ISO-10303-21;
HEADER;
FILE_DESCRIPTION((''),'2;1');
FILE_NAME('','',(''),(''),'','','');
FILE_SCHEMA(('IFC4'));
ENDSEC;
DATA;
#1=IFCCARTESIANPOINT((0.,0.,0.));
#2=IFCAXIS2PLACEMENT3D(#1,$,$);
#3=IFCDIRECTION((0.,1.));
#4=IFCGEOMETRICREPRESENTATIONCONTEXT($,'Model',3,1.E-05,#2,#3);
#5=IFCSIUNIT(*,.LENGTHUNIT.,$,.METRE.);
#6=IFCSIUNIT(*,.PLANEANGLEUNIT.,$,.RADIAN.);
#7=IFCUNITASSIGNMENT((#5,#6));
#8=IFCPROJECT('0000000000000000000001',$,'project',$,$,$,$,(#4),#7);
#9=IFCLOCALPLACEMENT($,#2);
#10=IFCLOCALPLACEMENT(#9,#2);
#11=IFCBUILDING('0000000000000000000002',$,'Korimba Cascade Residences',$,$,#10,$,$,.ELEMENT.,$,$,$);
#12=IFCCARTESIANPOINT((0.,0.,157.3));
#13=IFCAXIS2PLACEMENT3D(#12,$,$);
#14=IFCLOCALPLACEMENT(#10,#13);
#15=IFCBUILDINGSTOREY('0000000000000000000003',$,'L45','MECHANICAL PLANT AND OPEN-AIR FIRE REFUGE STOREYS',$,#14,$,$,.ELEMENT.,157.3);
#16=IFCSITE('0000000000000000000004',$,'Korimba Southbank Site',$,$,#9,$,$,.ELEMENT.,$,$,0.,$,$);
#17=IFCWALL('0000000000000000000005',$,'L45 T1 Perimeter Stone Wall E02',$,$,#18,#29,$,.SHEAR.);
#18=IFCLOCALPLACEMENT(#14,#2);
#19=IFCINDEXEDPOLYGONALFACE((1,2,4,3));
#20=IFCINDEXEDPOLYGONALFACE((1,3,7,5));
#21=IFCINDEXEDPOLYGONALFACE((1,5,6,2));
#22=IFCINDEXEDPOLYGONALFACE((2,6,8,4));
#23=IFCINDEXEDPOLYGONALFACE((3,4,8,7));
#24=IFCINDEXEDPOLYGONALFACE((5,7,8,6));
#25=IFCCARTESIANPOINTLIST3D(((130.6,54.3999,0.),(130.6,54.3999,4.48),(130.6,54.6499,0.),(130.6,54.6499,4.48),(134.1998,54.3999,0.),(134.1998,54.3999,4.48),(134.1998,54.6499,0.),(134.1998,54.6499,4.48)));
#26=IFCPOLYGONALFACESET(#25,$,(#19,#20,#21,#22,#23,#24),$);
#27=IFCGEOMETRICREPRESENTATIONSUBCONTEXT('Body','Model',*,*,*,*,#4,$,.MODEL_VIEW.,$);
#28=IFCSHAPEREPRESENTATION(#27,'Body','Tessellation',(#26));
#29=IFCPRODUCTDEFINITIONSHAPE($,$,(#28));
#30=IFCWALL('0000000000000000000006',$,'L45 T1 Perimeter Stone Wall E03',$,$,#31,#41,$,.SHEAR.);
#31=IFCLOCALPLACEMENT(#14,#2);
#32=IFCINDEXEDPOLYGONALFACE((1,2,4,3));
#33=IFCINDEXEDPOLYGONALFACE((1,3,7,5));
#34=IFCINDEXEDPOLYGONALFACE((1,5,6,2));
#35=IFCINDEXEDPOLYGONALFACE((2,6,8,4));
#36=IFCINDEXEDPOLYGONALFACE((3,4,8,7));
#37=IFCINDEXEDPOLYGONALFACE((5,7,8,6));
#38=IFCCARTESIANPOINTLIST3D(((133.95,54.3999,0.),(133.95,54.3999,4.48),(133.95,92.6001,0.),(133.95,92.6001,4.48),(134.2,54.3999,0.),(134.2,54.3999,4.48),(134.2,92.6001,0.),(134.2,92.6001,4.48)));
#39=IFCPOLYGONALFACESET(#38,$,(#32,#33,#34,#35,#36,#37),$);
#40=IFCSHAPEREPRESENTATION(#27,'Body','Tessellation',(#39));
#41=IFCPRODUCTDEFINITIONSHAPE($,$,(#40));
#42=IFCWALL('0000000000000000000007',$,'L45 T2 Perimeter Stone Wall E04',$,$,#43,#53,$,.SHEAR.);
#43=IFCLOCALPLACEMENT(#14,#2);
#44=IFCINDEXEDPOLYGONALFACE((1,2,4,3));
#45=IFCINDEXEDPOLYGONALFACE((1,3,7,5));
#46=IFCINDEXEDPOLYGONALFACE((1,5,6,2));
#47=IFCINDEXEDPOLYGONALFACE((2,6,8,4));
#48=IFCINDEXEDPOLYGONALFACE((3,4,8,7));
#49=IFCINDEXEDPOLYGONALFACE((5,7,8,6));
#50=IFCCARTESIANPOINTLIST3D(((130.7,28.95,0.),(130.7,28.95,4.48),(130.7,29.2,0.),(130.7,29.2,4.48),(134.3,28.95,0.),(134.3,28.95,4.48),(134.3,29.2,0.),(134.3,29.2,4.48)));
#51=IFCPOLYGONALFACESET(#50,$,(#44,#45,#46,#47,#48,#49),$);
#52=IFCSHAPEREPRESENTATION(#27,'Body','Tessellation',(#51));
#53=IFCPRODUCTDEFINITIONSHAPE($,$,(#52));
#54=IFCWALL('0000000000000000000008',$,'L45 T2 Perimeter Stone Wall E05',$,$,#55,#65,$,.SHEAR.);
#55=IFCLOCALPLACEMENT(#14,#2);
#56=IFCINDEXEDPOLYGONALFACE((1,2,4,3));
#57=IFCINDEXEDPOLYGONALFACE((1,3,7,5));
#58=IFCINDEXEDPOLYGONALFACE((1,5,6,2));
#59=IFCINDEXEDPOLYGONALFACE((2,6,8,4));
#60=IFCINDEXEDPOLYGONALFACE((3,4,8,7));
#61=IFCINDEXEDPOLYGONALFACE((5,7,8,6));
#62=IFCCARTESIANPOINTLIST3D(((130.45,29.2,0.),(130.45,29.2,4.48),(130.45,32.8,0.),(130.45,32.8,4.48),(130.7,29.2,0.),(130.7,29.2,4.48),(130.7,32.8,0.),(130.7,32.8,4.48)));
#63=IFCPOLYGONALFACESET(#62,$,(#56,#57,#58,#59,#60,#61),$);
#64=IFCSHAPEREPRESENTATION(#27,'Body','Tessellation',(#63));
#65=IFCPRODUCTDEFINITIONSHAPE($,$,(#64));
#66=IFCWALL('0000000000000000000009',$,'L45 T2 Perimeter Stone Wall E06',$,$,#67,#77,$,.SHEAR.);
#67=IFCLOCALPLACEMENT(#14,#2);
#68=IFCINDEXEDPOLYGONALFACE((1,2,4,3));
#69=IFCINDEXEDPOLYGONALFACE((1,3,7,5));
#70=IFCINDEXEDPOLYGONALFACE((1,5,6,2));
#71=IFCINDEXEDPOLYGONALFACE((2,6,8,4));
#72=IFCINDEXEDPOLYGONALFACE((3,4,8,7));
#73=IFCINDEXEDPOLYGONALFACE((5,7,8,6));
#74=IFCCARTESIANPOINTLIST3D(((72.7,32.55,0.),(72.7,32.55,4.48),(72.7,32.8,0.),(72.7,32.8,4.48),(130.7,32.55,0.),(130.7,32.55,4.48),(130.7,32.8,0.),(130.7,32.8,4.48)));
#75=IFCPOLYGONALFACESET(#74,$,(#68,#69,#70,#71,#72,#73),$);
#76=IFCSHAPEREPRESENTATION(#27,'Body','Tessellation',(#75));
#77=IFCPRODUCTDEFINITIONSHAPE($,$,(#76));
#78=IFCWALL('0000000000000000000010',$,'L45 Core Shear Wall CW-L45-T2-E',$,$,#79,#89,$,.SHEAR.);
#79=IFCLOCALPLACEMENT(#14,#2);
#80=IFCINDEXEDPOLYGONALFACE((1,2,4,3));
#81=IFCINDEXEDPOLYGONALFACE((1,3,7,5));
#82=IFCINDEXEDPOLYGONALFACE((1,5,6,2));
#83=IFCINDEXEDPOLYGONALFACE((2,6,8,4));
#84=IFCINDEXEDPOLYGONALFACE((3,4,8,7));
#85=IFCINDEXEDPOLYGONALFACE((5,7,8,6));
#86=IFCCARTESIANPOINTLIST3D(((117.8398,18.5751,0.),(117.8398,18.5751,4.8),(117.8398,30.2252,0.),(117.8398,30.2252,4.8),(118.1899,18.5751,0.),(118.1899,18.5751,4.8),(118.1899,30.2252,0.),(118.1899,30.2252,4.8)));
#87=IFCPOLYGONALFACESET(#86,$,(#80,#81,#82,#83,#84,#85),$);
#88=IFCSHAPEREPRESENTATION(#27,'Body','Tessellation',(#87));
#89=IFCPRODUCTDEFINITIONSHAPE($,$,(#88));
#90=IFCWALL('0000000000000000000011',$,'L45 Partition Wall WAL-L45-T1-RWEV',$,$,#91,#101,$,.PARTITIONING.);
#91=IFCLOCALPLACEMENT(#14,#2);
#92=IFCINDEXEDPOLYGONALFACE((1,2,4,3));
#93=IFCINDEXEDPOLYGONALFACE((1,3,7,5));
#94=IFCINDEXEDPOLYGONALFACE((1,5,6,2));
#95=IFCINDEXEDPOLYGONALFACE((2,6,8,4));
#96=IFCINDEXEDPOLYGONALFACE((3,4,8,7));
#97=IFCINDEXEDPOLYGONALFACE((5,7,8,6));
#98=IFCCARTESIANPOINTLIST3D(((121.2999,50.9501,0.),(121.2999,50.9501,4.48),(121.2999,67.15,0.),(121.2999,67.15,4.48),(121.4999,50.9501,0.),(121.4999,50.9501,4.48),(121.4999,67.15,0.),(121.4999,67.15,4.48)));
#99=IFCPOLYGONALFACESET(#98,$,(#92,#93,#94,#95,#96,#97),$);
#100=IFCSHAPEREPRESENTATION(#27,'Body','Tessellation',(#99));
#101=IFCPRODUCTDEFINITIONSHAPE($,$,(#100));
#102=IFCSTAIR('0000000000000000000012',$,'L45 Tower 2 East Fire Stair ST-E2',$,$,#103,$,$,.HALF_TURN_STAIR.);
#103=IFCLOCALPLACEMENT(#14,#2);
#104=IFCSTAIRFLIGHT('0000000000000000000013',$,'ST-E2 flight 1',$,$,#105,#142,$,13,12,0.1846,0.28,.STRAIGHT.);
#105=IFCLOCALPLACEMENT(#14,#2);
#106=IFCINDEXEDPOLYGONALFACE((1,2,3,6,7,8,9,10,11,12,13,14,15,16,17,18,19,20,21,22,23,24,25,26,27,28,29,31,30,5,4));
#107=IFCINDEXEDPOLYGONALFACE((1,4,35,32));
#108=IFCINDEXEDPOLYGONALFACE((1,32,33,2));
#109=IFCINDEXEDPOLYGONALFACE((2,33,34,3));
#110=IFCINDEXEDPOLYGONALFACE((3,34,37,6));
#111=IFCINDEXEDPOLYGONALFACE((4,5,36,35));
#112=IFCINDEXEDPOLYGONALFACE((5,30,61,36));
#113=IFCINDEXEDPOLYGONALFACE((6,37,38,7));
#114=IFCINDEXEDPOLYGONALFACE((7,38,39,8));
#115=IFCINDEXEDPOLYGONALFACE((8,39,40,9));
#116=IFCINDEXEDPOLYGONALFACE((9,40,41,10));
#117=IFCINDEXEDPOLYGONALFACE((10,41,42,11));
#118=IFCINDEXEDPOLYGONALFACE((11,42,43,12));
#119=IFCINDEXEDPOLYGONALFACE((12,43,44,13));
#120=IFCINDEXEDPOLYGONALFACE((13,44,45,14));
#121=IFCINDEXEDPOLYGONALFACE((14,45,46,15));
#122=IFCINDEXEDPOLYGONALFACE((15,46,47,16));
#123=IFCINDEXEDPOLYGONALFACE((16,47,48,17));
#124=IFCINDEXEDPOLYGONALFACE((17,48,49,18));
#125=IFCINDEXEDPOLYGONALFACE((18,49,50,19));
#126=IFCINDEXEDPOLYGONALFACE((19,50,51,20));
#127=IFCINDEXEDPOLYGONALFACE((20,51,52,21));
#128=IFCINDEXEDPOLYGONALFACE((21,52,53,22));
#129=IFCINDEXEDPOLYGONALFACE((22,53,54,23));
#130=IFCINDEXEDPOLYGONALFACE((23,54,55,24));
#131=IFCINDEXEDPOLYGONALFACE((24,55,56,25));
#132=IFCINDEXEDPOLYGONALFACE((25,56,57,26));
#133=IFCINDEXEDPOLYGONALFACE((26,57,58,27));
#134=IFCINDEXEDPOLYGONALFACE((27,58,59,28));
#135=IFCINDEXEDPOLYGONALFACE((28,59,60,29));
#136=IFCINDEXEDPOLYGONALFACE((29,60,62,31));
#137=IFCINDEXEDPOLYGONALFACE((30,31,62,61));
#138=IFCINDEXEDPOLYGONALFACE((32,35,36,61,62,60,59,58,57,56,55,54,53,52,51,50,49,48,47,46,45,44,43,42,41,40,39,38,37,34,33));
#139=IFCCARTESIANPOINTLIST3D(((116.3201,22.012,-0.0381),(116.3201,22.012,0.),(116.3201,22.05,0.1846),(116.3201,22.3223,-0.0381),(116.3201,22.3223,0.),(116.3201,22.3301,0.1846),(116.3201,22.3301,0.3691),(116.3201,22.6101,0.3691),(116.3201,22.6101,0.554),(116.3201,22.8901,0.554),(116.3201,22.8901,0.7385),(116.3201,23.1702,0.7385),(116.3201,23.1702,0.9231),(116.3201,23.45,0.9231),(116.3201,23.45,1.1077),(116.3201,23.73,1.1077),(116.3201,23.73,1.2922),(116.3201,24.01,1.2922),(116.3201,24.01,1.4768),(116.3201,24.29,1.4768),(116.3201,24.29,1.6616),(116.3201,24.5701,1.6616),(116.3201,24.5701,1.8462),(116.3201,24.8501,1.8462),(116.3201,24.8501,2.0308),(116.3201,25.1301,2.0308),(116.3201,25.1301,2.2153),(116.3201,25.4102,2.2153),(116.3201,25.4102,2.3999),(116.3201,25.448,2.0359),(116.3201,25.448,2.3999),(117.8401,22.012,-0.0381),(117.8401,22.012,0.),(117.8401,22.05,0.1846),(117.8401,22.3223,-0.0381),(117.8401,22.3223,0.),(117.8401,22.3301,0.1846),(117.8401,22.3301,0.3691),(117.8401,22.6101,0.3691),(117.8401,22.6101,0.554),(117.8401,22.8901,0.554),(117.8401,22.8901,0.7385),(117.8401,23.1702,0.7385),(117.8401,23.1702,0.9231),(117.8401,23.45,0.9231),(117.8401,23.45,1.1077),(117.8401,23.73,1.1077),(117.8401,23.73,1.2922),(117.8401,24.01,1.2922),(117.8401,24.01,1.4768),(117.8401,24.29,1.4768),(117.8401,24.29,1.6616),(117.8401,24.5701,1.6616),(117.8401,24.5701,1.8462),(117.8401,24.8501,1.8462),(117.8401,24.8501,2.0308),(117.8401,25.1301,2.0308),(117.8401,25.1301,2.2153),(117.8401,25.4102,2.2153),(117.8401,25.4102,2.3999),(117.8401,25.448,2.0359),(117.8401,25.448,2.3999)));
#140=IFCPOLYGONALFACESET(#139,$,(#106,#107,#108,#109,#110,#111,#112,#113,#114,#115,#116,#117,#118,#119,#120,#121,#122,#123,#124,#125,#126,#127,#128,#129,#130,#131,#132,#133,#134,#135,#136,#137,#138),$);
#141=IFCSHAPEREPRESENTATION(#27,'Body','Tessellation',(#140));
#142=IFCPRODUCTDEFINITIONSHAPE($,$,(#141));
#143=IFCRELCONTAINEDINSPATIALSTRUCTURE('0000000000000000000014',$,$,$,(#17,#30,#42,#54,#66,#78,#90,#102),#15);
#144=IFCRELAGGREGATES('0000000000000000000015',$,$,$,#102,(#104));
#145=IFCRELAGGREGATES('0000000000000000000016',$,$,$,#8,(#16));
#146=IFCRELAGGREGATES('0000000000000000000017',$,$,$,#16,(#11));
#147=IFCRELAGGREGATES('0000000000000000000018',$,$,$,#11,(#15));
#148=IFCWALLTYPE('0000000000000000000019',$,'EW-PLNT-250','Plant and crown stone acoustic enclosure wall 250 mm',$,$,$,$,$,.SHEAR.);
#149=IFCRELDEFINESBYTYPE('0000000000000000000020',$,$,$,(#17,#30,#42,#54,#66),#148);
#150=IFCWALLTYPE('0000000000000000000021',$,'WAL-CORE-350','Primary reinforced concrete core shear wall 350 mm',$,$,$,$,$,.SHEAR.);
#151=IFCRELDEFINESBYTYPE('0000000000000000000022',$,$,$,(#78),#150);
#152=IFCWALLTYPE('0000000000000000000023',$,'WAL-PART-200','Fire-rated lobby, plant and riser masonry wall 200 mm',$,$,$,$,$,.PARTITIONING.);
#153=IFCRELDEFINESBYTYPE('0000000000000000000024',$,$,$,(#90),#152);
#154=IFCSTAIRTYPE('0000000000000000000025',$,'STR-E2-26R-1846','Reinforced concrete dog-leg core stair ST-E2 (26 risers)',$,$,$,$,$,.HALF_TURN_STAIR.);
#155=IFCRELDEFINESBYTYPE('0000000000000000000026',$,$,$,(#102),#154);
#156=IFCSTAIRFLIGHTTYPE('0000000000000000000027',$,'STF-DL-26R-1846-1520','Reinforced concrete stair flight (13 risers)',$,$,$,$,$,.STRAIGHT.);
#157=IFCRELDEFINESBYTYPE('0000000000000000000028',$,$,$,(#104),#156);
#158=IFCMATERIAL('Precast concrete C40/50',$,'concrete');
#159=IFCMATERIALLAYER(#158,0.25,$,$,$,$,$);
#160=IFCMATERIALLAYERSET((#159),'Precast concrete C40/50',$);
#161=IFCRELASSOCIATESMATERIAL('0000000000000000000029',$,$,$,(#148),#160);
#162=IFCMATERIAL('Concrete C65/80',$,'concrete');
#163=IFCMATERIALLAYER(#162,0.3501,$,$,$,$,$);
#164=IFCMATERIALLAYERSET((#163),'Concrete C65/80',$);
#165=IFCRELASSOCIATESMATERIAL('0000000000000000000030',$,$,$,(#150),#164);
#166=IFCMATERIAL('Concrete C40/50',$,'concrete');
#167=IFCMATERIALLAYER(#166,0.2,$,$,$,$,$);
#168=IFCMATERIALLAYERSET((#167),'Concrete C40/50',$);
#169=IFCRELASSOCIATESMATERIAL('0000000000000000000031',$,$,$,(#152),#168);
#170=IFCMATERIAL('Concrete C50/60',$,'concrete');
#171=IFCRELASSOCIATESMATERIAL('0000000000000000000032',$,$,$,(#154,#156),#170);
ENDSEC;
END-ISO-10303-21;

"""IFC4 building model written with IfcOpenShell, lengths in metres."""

from ifc_helpers import new_model, si_unit, direction, frame, frame_2d, origin, place, context, subcontext, project, spatial, polyline, rectangle, outline, extrude, material, layer, layer_set, type_object, element, aggregate, save


model = new_model("IFC4")

# Units and contexts
model_context = context("Model", 3, precision=1e-05, world=origin(), true_north=direction((0.0, 1.0)))
body_context = subcontext(model_context, "Body", "Model", "MODEL_VIEW")
ifc_project = project(units=[si_unit("LENGTHUNIT", "METRE"), si_unit("PLANEANGLEUNIT", "RADIAN")], contexts=[model_context])

# Site, building, storey
site_placement = place(None, origin())
site = spatial("IfcSite", under=ifc_project, at=site_placement, Name="Korimba Southbank Site", CompositionType="ELEMENT", RefElevation=0.0)
building_placement = place(site_placement, origin())
building = spatial("IfcBuilding", under=site, at=building_placement, Name="Korimba Cascade Residences", CompositionType="ELEMENT")
storey_placement = place(building_placement, frame((0.0, 0.0, 157.3)))
storey = spatial("IfcBuildingStorey", under=building, at=storey_placement, Name="L45", Description="MECHANICAL PLANT AND OPEN-AIR FIRE REFUGE STOREYS", CompositionType="ELEMENT", Elevation=157.3)

# Shared definitions
ifc_material_1 = material(Name="Concrete C65/80", Category="concrete")

# Walls
ifc_material_2 = material(Name="Precast concrete C40/50", Category="concrete")
ifc_layer_1 = layer(ifc_material_2, 0.25)
ifc_layer_set_1 = layer_set([ifc_layer_1], Name="Precast concrete C40/50")
wall_type_1 = type_object("IfcWallType", Name="EW-PLNT-250", Description="Plant and crown stone acoustic enclosure wall 250 mm", PredefinedType="SHEAR", material=ifc_layer_set_1)
for number, where, z_axis, x_axis, name in (
    (1, (130.6001, 54.5249, 0.0), (0.0, 0.0, 1.0), (1.0, 0.0, 0.0), "L45 T1 Perimeter Stone Wall E02"),
):
    element("IfcWall", number, at=place(storey_placement, frame(where, z_axis=z_axis, x_axis=x_axis)), inside=storey, type_object=wall_type_1, Name=name, PredefinedType="SHEAR", context=body_context, shape_type="SweptSolid", body=[
        extrude(rectangle(XDim=3.5999, YDim=0.25, at=frame_2d((1.7998, 0.0))), origin(), (0.0, 0.0, 1.0), 4.48),
    ])
wall_1_placement = place(storey_placement, frame((134.075, 54.3999, 0.0), z_axis=(0.0, 0.0, 1.0), x_axis=(0.0, 1.0, 0.0)))
element("IfcWall", 2, at=wall_1_placement, inside=storey, type_object=wall_type_1, Name="L45 T1 Perimeter Stone Wall E03", PredefinedType="SHEAR", context=body_context, shape_type="SweptSolid", body=[
    extrude(rectangle(XDim=38.2002, YDim=0.25, at=frame_2d((19.1001, 0.0))), origin(), (0.0, 0.0, 1.0), 4.48),
])
for number, where, z_axis, x_axis, name in (
    (3, (134.3, 29.075, 0.0), (0.0, 0.0, 1.0), (-1.0, 0.0, 0.0), "L45 T2 Perimeter Stone Wall E04"),
    (4, (130.575, 29.2, 0.0), (0.0, 0.0, 1.0), (0.0, 1.0, 0.0), "L45 T2 Perimeter Stone Wall E05"),
):
    element("IfcWall", number, at=place(storey_placement, frame(where, z_axis=z_axis, x_axis=x_axis)), inside=storey, type_object=wall_type_1, Name=name, PredefinedType="SHEAR", context=body_context, shape_type="SweptSolid", body=[
        extrude(rectangle(XDim=3.6001, YDim=0.25, at=frame_2d((1.8, 0.0))), origin(), (0.0, 0.0, 1.0), 4.48),
    ])
wall_2_placement = place(storey_placement, frame((130.7, 32.675, 0.0), z_axis=(0.0, 0.0, 1.0), x_axis=(-1.0, 0.0, 0.0)))
element("IfcWall", 5, at=wall_2_placement, inside=storey, type_object=wall_type_1, Name="L45 T2 Perimeter Stone Wall E06", PredefinedType="SHEAR", context=body_context, shape_type="SweptSolid", body=[
    extrude(rectangle(XDim=58.0, YDim=0.25, at=frame_2d((29.0, 0.0))), origin(), (0.0, 0.0, 1.0), 4.48),
])
ifc_layer_2 = layer(ifc_material_1, 0.3501)
ifc_layer_set_2 = layer_set([ifc_layer_2], Name="Concrete C65/80")
wall_type_2 = type_object("IfcWallType", Name="WAL-CORE-350", Description="Primary reinforced concrete core shear wall 350 mm", PredefinedType="SHEAR", material=ifc_layer_set_2)
wall_3_placement = place(storey_placement, frame((118.0149, 18.575, 0.0), z_axis=(0.0, 0.0, 1.0), x_axis=(0.0, 1.0, 0.0)))
element("IfcWall", 6, at=wall_3_placement, inside=storey, type_object=wall_type_2, Name="L45 Core Shear Wall CW-L45-T2-E", PredefinedType="SHEAR", context=body_context, shape_type="SweptSolid", body=[
    extrude(rectangle(XDim=11.6501, YDim=0.3501, at=frame_2d((5.8252, 0.0))), origin(), (0.0, 0.0, 1.0), 4.8),
])
ifc_material_3 = material(Name="Concrete C40/50", Category="concrete")
ifc_layer_3 = layer(ifc_material_3, 0.2)
ifc_layer_set_3 = layer_set([ifc_layer_3], Name="Concrete C40/50")
wall_type_3 = type_object("IfcWallType", Name="WAL-PART-200", Description="Fire-rated lobby, plant and riser masonry wall 200 mm", PredefinedType="PARTITIONING", material=ifc_layer_set_3)
wall_4_placement = place(storey_placement, frame((121.3999, 50.95, 0.0), z_axis=(0.0, 0.0, 1.0), x_axis=(0.0, 1.0, 0.0)))
element("IfcWall", 7, at=wall_4_placement, inside=storey, type_object=wall_type_3, Name="L45 Partition Wall WAL-L45-T1-RWEV", PredefinedType="PARTITIONING", context=body_context, shape_type="SweptSolid", body=[
    extrude(rectangle(XDim=16.2, YDim=0.2, at=frame_2d((8.1001, 0.0))), origin(), (0.0, 0.0, 1.0), 4.48),
])

# Stair, stair flight
ifc_material_4 = material(Name="Concrete C50/60", Category="concrete")
stair_type = type_object("IfcStairType", Name="STR-E2-26R-1846", Description="Reinforced concrete dog-leg core stair ST-E2 (26 risers)", PredefinedType="HALF_TURN_STAIR", material=ifc_material_4)
stair_placement = place(storey_placement, origin())
stair = element("IfcStair", 8, at=stair_placement, inside=storey, type_object=stair_type, Name="L45 Tower 2 East Fire Stair ST-E2", PredefinedType="HALF_TURN_STAIR")
stair_flight_type = type_object("IfcStairFlightType", Name="STF-DL-26R-1846-1520", Description="Reinforced concrete stair flight (13 risers)", PredefinedType="STRAIGHT", material=ifc_material_4)
stair_flight_placement = place(storey_placement, frame((117.0801, 22.05, 0.0), z_axis=(0.0, 0.0, 1.0), x_axis=(0.0, 1.0, 0.0)))
stair_flight = element("IfcStairFlight", 9, at=stair_flight_placement, type_object=stair_flight_type, Name="ST-E2 flight 1", NumberOfRisers=13, NumberOfTreads=12, PredefinedType="STRAIGHT", RiserHeight=0.1846, TreadLength=0.28, context=body_context, shape_type="SweptSolid", body=[
    extrude(outline(polyline([(-0.0381, 0.0), (0.0, 0.1846), (0.28, 0.1846), (0.28, 0.3691), (0.5601, 0.3691), (0.5601, 0.554), (0.8401, 0.554), (0.8401, 0.7385), (1.1201, 0.7385), (1.1201, 0.9231), (1.3999, 0.9231), (1.3999, 1.1077), (1.6799, 1.1077), (1.6799, 1.2922), (1.96, 1.2922), (1.96, 1.4768), (2.24, 1.4768), (2.24, 1.6616), (2.52, 1.6616), (2.52, 1.8462), (2.8, 1.8462), (2.8, 2.0308), (3.0801, 2.0308), (3.0801, 2.2153), (3.3601, 2.2153), (3.3601, 2.3999), (3.3979, 2.3999), (3.3979, 2.0359), (0.2722, 0.0), (0.2722, -0.0381), (-0.0381, -0.0381), (-0.0381, 0.0)])), frame((0.0, 0.76, 0.0), z_axis=(0.0, -1.0, 0.0), x_axis=(1.0, 0.0, 0.0)), (0.0, 0.0, 1.0), 1.52),
])
aggregate(stair, [stair_flight])

save(model, "model.ifc")
